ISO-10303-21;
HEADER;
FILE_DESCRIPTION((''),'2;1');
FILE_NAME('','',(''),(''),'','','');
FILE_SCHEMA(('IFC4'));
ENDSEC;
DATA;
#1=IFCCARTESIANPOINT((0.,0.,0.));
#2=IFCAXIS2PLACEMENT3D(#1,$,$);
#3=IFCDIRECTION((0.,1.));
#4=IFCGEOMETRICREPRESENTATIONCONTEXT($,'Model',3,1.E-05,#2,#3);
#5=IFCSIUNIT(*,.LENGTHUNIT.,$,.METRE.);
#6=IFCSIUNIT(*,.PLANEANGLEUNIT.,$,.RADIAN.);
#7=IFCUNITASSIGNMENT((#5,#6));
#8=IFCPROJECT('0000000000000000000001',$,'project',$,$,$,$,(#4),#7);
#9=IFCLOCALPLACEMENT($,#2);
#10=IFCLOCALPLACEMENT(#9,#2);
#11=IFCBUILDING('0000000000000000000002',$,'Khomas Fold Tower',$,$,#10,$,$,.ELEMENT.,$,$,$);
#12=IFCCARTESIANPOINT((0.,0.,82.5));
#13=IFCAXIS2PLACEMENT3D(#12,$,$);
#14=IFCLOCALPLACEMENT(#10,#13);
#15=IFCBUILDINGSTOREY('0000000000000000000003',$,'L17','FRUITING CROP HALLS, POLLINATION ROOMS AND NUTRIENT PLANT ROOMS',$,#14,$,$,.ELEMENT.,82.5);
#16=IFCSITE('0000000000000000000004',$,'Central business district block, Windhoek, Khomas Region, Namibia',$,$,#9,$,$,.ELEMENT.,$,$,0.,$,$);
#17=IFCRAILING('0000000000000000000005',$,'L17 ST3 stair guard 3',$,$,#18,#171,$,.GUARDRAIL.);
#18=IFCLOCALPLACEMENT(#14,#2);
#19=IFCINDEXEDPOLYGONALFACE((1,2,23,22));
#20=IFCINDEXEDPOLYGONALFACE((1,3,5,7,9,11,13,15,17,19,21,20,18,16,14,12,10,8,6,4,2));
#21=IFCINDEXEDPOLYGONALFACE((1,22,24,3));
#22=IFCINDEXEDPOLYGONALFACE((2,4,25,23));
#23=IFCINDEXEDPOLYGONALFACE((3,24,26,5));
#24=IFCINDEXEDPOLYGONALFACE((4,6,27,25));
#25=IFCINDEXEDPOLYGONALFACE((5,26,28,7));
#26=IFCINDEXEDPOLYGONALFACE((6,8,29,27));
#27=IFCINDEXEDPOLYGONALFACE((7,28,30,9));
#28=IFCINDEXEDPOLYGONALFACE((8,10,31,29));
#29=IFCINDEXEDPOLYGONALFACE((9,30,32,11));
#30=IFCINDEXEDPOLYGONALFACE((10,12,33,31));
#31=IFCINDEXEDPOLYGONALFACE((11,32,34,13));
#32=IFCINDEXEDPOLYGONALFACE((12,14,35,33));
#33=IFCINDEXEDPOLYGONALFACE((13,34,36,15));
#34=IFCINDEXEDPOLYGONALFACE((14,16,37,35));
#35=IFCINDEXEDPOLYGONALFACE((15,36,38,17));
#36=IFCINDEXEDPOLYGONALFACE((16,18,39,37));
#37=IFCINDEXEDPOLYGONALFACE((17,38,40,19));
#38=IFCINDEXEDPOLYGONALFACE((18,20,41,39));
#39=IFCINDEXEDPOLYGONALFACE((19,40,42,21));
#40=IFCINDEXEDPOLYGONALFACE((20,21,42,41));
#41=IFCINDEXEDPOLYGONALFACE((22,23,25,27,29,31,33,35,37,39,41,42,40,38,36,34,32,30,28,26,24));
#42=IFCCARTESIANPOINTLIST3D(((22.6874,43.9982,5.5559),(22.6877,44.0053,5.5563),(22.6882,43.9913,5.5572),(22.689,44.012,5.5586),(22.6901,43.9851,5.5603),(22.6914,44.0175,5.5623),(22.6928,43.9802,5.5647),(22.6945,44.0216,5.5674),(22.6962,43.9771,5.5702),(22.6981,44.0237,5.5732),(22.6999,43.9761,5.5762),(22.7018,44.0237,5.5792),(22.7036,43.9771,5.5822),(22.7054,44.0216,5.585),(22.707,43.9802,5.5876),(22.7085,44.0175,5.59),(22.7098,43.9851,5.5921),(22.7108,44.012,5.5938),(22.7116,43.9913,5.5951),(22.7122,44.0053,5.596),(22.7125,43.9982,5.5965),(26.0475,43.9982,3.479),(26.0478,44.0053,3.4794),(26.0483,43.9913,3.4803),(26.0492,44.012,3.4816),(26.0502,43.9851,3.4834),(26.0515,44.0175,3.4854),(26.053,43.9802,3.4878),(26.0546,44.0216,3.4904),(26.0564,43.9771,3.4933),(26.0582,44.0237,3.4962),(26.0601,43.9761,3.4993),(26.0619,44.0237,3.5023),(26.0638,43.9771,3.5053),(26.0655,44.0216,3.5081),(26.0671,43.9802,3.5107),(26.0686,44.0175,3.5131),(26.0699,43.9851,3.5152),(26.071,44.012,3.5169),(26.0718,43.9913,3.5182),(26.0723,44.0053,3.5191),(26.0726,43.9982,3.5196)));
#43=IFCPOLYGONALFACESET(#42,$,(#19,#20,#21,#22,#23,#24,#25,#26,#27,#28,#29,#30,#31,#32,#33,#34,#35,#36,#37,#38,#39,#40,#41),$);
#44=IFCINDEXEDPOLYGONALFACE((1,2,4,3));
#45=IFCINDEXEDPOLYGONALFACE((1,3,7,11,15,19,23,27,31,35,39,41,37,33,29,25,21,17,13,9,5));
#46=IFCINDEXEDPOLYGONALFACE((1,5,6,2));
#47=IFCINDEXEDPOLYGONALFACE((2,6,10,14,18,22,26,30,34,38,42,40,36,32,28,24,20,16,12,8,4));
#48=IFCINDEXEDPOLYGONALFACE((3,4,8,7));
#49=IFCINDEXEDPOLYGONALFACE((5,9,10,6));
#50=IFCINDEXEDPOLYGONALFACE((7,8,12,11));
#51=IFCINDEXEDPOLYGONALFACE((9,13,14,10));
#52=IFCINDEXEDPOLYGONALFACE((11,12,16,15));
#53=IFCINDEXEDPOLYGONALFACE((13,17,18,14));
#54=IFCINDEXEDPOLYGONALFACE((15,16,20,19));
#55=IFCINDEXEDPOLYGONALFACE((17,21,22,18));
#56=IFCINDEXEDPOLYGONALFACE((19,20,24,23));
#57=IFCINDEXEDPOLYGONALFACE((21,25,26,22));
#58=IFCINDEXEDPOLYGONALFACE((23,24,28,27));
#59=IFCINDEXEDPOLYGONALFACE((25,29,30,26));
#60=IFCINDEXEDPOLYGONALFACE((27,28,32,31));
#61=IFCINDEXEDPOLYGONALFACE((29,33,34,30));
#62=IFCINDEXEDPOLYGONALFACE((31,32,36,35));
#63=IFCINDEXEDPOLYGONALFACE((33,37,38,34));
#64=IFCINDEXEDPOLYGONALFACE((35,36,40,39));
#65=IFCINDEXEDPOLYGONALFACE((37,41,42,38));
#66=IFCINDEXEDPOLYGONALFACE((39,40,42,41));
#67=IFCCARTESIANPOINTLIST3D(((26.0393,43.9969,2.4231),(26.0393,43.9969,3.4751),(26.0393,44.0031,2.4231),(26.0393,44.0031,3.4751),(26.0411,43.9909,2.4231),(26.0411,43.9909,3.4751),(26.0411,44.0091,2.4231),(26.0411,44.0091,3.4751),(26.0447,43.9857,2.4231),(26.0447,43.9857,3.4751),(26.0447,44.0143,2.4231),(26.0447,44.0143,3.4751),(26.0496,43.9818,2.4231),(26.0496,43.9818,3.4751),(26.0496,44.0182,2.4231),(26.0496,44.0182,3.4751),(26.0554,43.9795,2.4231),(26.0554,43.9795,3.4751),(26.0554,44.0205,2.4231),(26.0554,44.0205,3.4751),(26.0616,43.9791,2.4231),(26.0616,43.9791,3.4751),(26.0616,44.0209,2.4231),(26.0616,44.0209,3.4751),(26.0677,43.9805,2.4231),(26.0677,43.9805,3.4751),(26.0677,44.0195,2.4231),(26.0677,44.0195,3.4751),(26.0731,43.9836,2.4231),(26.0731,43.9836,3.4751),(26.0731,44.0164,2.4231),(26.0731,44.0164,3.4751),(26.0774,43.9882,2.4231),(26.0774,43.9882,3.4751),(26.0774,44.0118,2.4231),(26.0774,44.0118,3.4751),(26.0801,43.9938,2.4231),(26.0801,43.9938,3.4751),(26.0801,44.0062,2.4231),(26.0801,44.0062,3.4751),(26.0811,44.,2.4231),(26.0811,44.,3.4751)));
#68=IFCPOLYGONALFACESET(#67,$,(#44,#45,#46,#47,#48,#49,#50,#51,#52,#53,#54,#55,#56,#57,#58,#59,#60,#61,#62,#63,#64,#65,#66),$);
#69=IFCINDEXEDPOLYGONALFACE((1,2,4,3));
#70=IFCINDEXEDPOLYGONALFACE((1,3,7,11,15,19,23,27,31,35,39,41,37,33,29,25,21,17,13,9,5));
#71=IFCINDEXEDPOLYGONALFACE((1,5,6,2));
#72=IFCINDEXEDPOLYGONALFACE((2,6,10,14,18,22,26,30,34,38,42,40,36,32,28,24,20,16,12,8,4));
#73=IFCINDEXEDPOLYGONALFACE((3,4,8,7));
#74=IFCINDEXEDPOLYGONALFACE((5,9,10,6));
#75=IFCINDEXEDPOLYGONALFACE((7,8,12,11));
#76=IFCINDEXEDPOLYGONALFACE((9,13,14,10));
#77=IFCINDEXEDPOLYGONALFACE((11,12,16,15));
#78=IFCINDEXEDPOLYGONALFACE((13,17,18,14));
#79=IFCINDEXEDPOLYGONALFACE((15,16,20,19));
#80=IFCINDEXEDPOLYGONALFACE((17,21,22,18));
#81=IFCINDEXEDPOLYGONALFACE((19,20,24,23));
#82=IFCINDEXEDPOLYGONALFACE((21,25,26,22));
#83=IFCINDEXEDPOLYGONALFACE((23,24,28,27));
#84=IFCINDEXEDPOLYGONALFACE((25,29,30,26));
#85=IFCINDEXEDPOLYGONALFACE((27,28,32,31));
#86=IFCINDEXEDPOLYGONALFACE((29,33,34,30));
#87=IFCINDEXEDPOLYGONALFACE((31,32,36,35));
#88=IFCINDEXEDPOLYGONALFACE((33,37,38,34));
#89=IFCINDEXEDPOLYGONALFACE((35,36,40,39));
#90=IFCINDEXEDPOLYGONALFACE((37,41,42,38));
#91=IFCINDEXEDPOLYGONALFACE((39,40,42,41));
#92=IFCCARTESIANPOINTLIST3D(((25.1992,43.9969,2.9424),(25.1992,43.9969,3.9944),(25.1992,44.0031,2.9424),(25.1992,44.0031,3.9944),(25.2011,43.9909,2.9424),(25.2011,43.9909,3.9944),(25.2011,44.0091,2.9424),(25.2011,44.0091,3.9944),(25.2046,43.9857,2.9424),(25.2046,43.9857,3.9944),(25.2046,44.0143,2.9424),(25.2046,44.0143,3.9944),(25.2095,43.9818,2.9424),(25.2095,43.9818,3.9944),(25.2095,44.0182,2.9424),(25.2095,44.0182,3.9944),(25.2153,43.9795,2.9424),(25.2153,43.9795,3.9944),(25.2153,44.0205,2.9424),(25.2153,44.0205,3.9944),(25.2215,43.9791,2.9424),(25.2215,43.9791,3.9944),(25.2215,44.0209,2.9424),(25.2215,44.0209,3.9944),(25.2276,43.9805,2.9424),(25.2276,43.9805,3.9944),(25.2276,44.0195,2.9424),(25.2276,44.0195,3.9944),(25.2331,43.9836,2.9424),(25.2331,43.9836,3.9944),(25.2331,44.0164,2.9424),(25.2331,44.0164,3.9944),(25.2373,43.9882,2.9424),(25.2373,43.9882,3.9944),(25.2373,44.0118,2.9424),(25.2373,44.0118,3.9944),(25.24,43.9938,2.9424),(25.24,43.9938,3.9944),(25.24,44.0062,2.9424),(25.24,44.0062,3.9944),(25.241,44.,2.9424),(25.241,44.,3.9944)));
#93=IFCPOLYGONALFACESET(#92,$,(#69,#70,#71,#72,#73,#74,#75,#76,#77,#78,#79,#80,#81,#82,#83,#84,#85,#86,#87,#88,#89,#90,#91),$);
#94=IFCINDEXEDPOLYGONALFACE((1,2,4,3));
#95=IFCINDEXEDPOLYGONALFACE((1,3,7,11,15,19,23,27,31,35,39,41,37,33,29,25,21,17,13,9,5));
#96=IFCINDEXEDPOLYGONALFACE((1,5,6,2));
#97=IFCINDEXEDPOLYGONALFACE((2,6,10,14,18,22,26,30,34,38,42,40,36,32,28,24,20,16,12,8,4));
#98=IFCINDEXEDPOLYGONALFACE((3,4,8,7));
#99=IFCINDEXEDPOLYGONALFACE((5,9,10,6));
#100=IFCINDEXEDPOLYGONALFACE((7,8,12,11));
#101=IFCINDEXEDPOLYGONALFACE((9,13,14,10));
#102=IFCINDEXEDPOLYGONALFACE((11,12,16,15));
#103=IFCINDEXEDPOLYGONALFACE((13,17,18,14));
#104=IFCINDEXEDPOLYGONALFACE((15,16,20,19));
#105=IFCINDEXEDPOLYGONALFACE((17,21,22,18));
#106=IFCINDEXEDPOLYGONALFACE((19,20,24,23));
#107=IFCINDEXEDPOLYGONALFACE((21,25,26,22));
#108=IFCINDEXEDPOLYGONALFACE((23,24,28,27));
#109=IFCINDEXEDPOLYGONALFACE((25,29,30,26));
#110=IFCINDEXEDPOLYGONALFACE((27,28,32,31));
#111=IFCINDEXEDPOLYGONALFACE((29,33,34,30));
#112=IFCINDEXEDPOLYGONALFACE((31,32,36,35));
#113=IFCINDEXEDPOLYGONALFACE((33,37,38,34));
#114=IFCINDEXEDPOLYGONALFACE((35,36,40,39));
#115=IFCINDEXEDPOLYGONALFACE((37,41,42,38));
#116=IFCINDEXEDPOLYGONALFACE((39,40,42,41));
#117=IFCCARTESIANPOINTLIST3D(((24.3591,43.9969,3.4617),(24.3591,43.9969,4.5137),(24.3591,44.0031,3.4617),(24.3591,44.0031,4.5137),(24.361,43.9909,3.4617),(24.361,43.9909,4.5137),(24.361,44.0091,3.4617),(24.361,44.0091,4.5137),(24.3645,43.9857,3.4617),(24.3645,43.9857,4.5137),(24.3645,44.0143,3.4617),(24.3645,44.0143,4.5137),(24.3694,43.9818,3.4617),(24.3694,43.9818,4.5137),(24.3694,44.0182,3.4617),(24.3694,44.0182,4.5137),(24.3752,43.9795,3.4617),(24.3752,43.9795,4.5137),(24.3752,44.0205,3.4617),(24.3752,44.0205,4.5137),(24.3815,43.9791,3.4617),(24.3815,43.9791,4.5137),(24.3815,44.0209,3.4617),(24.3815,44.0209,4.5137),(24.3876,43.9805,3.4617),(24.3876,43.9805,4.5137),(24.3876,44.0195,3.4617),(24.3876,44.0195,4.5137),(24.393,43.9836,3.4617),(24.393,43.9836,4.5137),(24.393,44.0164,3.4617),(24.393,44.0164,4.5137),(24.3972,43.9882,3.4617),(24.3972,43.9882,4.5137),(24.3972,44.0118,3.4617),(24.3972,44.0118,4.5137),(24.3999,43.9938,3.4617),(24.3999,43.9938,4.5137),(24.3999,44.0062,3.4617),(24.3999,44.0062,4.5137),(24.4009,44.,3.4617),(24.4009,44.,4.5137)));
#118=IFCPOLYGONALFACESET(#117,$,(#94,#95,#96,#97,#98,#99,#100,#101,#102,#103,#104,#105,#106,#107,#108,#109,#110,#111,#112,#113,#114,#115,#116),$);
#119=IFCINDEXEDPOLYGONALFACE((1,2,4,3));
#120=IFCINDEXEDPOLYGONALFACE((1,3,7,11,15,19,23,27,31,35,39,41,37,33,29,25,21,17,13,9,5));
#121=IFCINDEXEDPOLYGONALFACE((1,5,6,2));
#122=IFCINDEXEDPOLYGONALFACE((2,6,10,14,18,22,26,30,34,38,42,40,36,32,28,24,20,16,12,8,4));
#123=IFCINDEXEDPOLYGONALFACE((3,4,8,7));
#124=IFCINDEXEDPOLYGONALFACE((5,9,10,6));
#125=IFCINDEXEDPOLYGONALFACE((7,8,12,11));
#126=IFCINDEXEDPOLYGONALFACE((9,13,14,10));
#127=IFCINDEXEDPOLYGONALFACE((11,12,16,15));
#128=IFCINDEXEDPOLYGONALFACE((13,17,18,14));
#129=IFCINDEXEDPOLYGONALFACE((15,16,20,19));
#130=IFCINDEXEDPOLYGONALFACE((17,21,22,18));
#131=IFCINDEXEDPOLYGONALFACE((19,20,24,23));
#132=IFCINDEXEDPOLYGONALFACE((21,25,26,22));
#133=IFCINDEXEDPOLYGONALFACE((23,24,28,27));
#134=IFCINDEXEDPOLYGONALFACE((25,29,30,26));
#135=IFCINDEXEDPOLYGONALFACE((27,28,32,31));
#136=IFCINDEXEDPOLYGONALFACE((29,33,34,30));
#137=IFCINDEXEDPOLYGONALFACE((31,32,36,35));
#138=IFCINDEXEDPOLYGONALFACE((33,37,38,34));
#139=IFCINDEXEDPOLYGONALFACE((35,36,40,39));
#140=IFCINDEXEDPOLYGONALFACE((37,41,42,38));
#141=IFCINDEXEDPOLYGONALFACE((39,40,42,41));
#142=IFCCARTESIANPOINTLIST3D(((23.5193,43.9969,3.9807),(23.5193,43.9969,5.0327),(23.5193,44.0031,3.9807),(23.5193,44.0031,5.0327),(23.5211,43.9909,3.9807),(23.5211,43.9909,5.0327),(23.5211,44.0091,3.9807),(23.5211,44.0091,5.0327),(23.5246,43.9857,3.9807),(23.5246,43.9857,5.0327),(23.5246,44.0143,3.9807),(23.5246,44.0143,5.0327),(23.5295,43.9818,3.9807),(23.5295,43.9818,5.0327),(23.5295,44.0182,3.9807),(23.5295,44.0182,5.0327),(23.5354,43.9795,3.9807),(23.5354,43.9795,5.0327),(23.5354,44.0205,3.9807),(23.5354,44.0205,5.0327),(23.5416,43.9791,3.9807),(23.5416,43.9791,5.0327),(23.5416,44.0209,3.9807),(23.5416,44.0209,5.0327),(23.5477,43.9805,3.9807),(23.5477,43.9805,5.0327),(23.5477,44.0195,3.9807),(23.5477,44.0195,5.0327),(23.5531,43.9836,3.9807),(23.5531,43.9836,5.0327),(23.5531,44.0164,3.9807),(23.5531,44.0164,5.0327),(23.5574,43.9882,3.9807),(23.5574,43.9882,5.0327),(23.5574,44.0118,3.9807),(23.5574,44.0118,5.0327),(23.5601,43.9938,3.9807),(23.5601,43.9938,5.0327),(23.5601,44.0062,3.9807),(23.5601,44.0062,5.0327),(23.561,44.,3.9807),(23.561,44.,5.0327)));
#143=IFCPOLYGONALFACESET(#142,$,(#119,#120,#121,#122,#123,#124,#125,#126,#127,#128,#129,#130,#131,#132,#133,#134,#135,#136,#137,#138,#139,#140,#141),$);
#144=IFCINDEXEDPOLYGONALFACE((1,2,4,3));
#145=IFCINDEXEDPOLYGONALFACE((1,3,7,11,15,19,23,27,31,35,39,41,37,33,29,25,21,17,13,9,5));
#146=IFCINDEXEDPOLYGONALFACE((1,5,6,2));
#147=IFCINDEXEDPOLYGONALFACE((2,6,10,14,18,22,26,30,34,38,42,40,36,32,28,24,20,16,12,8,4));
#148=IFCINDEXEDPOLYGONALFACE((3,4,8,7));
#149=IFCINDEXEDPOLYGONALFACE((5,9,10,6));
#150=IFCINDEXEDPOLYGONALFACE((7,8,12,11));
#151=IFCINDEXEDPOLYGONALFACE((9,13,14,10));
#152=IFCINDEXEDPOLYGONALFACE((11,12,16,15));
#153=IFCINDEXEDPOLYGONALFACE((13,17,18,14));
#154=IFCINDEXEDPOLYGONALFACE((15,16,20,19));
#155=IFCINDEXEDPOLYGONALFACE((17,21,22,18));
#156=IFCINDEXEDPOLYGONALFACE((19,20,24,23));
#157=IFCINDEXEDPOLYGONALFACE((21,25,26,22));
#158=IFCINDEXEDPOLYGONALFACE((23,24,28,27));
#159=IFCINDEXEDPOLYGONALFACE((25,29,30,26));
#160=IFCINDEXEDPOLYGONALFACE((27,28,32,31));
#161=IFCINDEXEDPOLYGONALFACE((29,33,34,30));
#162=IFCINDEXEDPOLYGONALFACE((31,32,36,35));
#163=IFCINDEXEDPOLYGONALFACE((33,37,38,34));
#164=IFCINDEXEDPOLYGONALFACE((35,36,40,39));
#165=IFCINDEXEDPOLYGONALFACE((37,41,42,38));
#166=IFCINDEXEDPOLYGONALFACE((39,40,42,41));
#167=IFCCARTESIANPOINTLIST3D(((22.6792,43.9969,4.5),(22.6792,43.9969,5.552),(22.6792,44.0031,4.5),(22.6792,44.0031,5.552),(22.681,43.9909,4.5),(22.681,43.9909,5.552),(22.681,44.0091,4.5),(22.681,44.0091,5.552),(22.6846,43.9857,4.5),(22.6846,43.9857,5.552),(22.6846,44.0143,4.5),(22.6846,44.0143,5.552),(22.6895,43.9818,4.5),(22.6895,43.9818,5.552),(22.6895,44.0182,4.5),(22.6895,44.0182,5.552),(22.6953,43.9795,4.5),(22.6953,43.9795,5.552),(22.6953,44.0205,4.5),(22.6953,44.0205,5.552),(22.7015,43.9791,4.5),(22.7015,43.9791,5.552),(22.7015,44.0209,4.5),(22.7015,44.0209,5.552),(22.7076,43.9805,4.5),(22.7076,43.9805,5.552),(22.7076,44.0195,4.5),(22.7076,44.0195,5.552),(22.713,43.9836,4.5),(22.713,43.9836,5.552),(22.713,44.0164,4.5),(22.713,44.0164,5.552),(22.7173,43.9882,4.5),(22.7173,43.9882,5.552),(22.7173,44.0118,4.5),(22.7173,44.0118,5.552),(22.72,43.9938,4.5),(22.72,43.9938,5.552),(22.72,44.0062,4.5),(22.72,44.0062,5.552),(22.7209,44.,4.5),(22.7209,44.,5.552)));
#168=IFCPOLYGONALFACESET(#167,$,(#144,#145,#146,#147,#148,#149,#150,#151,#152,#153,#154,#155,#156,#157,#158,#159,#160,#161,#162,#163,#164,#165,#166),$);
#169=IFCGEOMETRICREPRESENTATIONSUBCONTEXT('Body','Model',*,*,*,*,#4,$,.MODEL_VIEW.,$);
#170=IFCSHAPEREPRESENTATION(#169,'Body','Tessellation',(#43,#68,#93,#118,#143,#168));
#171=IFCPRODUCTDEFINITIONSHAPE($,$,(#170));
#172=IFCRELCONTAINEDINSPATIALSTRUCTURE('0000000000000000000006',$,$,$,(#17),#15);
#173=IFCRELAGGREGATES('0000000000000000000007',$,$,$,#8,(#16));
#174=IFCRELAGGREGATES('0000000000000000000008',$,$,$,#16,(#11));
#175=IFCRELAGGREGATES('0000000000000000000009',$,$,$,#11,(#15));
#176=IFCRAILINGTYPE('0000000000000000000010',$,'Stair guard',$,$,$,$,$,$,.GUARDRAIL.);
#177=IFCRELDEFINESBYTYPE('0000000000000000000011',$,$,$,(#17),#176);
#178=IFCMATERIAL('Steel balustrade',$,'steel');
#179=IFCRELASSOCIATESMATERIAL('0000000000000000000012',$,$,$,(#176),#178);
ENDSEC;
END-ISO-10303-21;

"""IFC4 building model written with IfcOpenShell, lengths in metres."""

from ifc_helpers import new_model, si_unit, direction, frame, origin, origin_2d, place, context, subcontext, project, spatial, circle, extrude, source, transform, mapped, material, type_object, element, save


model = new_model("IFC4")

# Units and contexts
model_context = context("Model", 3, precision=1e-05, world=origin(), true_north=direction((0.0, 1.0)))
body_context = subcontext(model_context, "Body", "Model", "MODEL_VIEW")
ifc_project = project(units=[si_unit("LENGTHUNIT", "METRE"), si_unit("PLANEANGLEUNIT", "RADIAN")], contexts=[model_context])

# Site, building, storey
site_placement = place(None, origin())
site = spatial("IfcSite", under=ifc_project, at=site_placement, Name="Central business district block, Windhoek, Khomas Region, Namibia", CompositionType="ELEMENT", RefElevation=0.0)
building_placement = place(site_placement, origin())
building = spatial("IfcBuilding", under=site, at=building_placement, Name="Khomas Fold Tower", CompositionType="ELEMENT")
storey_placement = place(building_placement, frame((0.0, 0.0, 82.5)))
storey = spatial("IfcBuildingStorey", under=building, at=storey_placement, Name="L17", Description="FRUITING CROP HALLS, POLLINATION ROOMS AND NUTRIENT PLANT ROOMS", CompositionType="ELEMENT", Elevation=82.5)

# Railing
ifc_material_1 = material(Name="Steel balustrade", Category="steel")
railing_type_1 = type_object("IfcRailingType", Name="Stair guard", PredefinedType="GUARDRAIL", material=ifc_material_1)
shared_shape_1 = source(origin(), body_context, "Body", "SweptSolid", [
    extrude(circle(Radius=0.0239, at=origin_2d()), frame((0.0, 0.0, 1.0762), z_axis=(-0.850623, 0.0, 0.525776), x_axis=(0.0, -1.0, 0.0)), (0.0, 0.0, 1.0), 3.9502),
    extrude(circle(Radius=0.021, at=origin_2d()), origin(), (0.0, 0.0, 1.0), 1.052),
    extrude(circle(Radius=0.021, at=origin_2d()), frame((-0.8401, 0.0, 0.5193)), (0.0, 0.0, 1.0), 1.052),
    extrude(circle(Radius=0.021, at=origin_2d()), frame((-1.6802, 0.0, 1.0386)), (0.0, 0.0, 1.0), 1.052),
    extrude(circle(Radius=0.021, at=origin_2d()), frame((-2.52, 0.0, 1.5576)), (0.0, 0.0, 1.0), 1.052),
    extrude(circle(Radius=0.021, at=origin_2d()), frame((-3.3601, 0.0, 2.0769)), (0.0, 0.0, 1.0), 1.052),
])
railing_1_placement = place(storey_placement, frame((26.0601, 44.0, 2.4231)))
element("IfcRailing", 1, at=railing_1_placement, inside=storey, type_object=railing_type_1, Name="L17 ST3 stair guard 3", PredefinedType="GUARDRAIL", context=body_context, shape_type="MappedRepresentation", body=[
    mapped(shared_shape_1, transform((0.0, 0.0, 0.0))),
])

save(model, "model.ifc")
